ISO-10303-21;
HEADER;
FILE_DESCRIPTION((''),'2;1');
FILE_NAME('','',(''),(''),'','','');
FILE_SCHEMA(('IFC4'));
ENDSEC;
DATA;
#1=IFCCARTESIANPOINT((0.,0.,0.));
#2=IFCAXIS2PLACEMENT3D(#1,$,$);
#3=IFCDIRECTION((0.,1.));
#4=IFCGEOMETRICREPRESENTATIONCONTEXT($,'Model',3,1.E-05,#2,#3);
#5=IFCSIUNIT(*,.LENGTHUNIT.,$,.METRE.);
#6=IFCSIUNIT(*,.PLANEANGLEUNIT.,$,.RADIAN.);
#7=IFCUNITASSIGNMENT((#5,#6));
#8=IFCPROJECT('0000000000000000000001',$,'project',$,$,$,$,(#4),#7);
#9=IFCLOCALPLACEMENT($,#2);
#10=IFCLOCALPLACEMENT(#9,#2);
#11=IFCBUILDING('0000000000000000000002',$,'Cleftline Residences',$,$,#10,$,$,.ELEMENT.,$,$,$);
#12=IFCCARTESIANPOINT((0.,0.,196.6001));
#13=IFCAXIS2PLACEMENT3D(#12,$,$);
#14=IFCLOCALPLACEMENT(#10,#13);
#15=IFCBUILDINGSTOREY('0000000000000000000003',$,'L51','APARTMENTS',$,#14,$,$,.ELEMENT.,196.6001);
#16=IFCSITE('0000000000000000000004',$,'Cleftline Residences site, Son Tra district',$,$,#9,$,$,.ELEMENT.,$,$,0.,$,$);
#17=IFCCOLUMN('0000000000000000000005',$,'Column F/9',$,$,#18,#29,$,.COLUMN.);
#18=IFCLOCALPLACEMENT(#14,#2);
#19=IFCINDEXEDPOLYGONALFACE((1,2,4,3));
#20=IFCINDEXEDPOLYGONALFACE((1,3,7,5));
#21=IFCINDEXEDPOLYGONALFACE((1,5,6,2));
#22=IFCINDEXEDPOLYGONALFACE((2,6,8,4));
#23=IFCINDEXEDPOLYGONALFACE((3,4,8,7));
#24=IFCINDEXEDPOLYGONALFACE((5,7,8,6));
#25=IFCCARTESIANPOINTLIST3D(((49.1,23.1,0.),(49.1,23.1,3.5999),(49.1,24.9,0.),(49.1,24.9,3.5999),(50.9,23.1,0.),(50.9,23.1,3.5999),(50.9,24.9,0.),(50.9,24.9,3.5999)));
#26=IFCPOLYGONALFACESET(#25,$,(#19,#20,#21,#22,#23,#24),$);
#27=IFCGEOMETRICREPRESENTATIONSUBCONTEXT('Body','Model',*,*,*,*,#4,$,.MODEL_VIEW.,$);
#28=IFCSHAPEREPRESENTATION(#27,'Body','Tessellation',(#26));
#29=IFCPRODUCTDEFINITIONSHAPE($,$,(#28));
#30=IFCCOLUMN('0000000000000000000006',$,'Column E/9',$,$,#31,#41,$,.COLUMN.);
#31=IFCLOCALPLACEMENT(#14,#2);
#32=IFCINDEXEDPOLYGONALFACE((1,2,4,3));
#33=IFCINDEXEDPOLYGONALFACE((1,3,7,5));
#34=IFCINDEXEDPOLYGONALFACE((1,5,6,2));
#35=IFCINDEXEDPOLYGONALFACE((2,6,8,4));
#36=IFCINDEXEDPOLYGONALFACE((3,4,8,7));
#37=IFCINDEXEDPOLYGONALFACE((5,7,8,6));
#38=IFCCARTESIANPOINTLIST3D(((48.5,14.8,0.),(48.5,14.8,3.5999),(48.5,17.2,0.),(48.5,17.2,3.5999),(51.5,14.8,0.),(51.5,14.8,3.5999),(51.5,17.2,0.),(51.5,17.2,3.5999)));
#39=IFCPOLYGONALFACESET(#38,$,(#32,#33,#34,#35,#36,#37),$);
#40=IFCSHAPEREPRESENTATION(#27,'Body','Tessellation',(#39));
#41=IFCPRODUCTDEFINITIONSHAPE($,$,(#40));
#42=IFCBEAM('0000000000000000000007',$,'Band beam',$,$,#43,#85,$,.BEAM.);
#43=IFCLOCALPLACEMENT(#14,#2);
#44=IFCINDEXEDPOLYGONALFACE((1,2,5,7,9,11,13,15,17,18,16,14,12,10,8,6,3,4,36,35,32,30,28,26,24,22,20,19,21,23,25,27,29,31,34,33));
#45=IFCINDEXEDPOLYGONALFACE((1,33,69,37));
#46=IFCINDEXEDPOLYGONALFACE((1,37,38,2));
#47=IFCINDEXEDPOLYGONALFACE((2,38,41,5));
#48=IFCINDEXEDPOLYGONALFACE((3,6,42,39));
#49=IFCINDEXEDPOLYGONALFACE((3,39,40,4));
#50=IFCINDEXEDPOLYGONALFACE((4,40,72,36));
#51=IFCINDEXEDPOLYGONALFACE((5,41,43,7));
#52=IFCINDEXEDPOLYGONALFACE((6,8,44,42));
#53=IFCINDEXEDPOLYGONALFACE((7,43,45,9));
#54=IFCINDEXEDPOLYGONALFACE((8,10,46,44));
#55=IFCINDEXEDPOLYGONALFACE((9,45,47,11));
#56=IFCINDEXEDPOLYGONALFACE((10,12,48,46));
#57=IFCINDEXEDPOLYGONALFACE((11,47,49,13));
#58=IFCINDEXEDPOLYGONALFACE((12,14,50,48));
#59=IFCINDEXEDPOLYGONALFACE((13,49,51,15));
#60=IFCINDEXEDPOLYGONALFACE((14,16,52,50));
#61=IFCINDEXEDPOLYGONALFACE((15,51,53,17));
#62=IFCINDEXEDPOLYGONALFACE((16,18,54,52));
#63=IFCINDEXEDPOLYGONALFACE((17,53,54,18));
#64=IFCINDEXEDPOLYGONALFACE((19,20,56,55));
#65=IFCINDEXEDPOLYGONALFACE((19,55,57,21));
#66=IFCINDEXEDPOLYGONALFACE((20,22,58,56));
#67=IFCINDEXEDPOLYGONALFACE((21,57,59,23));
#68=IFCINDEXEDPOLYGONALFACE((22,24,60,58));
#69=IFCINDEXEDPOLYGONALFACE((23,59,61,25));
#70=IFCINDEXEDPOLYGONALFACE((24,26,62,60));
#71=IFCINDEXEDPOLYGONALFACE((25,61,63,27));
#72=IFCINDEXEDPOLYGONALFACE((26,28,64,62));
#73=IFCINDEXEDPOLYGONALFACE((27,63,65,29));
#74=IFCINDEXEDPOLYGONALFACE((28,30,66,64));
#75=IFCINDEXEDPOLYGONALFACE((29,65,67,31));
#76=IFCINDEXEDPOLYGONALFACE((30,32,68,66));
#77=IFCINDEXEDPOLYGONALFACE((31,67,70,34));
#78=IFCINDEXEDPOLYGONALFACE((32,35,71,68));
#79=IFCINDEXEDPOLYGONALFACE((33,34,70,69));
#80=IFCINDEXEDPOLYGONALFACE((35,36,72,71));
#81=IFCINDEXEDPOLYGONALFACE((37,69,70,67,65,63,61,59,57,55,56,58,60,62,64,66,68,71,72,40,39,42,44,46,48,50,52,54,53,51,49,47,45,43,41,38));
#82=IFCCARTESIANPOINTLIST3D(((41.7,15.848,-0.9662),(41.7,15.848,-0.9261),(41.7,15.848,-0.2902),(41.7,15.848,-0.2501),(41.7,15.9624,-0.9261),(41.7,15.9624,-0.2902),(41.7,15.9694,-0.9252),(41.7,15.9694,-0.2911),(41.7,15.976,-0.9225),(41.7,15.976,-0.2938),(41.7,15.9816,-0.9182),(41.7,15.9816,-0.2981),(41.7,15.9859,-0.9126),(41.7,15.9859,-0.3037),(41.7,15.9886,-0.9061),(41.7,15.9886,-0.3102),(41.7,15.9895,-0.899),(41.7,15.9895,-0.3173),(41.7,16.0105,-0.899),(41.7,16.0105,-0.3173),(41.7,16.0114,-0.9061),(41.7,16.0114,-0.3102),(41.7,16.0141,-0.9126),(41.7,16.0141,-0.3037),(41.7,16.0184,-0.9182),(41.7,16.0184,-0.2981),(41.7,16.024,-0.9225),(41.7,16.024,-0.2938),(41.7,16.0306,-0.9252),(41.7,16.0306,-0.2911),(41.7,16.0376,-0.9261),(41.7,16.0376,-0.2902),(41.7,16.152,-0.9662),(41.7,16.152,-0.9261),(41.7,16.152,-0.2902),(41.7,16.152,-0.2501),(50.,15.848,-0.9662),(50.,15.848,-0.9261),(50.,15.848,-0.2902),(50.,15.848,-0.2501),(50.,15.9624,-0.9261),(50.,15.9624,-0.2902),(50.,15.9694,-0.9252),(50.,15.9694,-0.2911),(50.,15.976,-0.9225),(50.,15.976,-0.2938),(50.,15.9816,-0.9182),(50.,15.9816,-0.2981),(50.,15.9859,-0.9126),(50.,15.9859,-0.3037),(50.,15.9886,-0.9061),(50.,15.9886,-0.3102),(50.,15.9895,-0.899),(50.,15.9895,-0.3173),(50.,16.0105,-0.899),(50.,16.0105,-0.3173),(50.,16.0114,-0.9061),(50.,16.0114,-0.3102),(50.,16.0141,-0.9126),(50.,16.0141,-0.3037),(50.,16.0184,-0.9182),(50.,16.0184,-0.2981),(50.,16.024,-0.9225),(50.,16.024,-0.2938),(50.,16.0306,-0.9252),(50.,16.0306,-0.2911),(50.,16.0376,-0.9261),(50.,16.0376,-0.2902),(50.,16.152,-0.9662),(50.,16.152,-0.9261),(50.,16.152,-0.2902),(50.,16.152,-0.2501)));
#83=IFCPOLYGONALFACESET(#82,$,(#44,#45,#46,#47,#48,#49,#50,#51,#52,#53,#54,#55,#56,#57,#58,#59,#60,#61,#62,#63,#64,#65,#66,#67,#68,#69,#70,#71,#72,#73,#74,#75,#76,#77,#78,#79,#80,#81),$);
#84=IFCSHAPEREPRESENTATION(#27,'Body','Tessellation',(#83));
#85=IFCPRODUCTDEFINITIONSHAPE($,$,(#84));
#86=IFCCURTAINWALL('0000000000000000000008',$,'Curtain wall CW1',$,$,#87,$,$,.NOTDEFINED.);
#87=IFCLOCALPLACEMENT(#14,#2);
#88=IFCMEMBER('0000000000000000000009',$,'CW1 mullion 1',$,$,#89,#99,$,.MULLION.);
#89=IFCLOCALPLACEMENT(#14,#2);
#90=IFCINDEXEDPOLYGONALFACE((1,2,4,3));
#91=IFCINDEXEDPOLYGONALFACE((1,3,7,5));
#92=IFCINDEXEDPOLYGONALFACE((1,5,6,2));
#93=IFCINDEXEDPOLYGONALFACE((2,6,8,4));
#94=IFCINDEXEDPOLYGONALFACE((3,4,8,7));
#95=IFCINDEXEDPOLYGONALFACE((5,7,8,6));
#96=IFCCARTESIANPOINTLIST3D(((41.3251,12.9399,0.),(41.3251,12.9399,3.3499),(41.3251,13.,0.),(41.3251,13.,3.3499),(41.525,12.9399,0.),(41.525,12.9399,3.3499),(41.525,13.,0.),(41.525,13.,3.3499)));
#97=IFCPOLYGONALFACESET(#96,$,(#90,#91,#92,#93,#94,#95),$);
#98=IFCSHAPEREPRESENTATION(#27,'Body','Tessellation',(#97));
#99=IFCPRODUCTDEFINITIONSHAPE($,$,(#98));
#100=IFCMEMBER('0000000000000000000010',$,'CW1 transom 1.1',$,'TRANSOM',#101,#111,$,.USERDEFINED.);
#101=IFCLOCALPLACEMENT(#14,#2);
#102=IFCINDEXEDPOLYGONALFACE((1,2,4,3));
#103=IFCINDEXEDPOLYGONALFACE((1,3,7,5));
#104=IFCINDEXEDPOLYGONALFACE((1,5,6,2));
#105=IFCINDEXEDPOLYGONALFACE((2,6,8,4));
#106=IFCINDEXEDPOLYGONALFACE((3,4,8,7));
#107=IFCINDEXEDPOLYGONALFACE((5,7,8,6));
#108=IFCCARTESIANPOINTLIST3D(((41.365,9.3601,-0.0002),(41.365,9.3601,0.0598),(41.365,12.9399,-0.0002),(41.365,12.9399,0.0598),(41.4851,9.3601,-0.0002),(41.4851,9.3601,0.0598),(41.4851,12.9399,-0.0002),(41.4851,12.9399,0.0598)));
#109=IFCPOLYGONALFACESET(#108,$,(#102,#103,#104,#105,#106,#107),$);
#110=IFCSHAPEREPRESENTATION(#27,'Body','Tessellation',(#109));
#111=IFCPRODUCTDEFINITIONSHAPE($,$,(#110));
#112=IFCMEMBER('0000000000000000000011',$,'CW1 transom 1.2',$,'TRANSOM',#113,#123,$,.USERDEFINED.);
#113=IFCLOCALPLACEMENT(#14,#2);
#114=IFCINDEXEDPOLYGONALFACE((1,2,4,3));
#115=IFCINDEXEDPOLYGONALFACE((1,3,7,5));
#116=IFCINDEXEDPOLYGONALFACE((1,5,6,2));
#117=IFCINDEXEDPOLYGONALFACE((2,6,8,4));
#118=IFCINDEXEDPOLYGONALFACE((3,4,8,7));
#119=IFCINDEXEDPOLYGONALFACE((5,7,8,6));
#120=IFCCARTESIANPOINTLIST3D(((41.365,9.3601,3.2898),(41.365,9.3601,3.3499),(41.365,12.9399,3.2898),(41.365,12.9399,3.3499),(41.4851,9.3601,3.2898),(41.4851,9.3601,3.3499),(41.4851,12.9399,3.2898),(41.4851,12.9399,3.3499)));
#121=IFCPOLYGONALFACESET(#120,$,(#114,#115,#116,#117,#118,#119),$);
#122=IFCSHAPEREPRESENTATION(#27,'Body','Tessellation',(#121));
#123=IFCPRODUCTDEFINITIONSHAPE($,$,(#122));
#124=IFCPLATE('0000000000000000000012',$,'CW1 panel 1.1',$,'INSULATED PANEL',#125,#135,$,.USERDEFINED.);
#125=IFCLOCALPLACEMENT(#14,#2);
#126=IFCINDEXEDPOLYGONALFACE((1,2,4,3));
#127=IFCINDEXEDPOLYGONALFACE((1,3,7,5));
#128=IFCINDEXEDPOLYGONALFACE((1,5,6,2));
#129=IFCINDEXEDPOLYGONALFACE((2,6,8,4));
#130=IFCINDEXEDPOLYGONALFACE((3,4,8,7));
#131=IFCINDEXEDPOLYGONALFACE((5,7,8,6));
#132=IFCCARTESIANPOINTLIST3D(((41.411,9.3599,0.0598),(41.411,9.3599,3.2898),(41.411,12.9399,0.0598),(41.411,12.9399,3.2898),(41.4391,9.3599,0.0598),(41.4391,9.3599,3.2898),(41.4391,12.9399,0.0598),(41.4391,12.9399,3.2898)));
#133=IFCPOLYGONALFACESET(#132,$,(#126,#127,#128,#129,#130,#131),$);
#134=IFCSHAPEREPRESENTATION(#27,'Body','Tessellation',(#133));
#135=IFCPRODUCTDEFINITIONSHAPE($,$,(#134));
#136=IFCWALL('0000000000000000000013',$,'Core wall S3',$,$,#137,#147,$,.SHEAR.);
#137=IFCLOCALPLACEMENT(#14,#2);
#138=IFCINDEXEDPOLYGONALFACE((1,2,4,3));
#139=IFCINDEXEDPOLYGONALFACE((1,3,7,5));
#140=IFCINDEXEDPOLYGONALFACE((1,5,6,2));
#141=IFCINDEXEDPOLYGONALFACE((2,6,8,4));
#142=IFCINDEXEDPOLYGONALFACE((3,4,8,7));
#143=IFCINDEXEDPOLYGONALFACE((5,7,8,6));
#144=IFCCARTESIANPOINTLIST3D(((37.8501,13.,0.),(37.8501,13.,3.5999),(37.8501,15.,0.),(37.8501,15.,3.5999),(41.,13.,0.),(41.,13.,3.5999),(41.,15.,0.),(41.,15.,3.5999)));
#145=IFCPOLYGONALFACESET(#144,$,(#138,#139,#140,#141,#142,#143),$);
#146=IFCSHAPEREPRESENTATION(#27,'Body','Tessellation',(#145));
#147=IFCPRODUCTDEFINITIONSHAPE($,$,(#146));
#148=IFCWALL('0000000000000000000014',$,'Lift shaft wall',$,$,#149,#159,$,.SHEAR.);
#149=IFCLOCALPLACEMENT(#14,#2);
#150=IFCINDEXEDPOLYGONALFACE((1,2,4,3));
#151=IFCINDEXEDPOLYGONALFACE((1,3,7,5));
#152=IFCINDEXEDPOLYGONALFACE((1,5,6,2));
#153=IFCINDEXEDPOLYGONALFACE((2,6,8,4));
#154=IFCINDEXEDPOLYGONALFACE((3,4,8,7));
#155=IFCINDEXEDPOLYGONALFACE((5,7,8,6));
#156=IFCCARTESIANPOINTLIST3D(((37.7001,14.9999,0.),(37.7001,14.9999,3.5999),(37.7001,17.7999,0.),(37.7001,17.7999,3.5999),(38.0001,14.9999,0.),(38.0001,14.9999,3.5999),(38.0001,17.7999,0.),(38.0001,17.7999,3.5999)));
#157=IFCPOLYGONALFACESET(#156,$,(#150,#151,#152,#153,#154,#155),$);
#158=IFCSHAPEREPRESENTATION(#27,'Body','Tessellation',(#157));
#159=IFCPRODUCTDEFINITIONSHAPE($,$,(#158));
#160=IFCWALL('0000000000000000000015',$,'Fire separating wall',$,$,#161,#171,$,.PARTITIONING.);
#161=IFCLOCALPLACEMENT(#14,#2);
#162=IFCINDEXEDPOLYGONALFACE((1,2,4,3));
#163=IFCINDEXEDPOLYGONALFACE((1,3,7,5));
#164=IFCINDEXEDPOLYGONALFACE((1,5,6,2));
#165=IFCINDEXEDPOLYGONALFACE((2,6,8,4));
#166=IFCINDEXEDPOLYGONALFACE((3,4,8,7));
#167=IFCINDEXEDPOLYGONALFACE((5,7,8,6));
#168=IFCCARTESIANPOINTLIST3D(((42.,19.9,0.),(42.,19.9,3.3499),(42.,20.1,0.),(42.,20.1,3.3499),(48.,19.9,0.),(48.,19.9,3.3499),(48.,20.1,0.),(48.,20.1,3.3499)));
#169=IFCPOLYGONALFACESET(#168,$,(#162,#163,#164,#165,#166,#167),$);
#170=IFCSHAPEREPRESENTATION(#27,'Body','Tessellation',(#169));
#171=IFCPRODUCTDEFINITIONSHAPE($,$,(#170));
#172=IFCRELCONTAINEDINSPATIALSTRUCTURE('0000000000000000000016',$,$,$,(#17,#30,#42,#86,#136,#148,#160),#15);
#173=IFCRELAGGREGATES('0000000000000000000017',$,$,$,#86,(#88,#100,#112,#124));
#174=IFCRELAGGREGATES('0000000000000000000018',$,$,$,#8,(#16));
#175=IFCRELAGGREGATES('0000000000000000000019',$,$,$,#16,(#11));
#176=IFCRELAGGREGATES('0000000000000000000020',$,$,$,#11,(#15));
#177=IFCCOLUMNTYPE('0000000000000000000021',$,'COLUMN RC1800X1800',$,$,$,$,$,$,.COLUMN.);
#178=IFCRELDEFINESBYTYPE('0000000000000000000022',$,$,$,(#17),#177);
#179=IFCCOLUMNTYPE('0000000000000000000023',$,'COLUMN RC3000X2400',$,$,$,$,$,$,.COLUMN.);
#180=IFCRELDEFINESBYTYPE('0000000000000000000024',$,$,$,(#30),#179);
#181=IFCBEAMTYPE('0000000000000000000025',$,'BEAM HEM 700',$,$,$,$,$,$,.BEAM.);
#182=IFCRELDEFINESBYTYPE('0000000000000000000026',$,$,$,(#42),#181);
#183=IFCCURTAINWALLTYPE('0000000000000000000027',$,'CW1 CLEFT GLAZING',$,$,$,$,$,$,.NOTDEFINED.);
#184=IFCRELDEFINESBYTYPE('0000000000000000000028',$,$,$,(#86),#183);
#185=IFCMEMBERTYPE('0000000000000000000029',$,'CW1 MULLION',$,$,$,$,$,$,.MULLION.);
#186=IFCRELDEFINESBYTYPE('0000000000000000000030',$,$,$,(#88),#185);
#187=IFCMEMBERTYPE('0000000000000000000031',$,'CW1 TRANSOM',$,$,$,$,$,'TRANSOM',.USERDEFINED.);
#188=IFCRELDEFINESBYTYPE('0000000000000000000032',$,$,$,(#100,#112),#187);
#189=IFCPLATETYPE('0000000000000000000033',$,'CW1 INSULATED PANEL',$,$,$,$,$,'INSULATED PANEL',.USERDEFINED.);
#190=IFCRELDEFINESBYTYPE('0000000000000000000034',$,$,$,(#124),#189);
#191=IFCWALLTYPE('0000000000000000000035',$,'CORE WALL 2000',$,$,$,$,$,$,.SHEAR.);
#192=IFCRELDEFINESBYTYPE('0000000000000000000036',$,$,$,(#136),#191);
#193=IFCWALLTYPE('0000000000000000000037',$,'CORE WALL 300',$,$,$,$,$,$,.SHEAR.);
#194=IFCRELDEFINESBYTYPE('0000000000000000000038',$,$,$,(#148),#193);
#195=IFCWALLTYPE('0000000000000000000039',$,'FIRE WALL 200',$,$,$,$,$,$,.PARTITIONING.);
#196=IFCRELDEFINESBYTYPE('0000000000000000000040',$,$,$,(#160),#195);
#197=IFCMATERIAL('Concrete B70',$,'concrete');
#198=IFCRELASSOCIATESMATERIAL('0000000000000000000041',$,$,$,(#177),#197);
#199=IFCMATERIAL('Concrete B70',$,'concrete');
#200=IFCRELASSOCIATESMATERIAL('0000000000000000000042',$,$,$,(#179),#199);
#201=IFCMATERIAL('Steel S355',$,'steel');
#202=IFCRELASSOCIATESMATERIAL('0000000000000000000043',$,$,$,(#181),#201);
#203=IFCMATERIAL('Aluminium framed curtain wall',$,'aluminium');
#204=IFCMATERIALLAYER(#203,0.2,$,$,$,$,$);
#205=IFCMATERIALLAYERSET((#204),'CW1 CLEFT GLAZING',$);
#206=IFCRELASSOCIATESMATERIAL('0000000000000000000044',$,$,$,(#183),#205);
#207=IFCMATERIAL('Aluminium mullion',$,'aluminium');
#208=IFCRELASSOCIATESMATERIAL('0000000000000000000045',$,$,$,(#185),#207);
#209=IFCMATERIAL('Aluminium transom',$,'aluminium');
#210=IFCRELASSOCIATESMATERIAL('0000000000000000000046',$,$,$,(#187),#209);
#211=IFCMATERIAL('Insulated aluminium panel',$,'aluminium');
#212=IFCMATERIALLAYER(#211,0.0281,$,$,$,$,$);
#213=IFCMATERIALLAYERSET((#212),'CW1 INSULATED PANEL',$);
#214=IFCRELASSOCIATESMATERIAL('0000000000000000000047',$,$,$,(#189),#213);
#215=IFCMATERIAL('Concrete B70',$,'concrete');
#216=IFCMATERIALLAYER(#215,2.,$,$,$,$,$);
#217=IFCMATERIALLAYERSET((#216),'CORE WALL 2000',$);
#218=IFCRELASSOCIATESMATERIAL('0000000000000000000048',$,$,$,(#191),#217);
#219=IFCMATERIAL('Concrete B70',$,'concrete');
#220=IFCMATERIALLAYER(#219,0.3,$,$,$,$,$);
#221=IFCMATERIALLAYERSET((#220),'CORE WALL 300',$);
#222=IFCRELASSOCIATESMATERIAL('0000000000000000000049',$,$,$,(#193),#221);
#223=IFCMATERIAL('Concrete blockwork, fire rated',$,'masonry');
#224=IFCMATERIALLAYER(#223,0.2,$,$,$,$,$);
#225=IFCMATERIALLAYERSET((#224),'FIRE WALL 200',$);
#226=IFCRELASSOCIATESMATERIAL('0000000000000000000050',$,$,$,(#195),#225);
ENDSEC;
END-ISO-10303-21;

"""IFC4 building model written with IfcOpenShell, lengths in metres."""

from ifc_helpers import new_model, si_unit, direction, frame, frame_2d, origin, origin_2d, place, context, subcontext, project, spatial, rectangle, i_section, extrude, material, layer, layer_set, material_profile, profile_set, type_object, element, aggregate, save


model = new_model("IFC4")

# Units and contexts
model_context = context("Model", 3, precision=1e-05, world=origin(), true_north=direction((0.0, 1.0)))
body_context = subcontext(model_context, "Body", "Model", "MODEL_VIEW")
ifc_project = project(units=[si_unit("LENGTHUNIT", "METRE"), si_unit("PLANEANGLEUNIT", "RADIAN")], contexts=[model_context])

# Site, building, storey
site_placement = place(None, origin())
site = spatial("IfcSite", under=ifc_project, at=site_placement, Name="Cleftline Residences site, Son Tra district", CompositionType="ELEMENT", RefElevation=0.0)
building_placement = place(site_placement, origin())
building = spatial("IfcBuilding", under=site, at=building_placement, Name="Cleftline Residences", CompositionType="ELEMENT")
storey_placement = place(building_placement, frame((0.0, 0.0, 196.6001)))
storey = spatial("IfcBuildingStorey", under=building, at=storey_placement, Name="L51", Description="APARTMENTS", CompositionType="ELEMENT", Elevation=196.6001)

# Columns
ifc_material_1 = material(Name="Concrete B70", Category="concrete")
ifc_material_profile_1 = material_profile(ifc_material_1, rectangle(XDim=1.8, YDim=1.8, at=origin_2d()))
ifc_profile_set_1 = profile_set([ifc_material_profile_1], Name="Concrete B70")
column_type_1 = type_object("IfcColumnType", Name="COLUMN RC1800X1800", PredefinedType="COLUMN", material=ifc_profile_set_1)
column_1_placement = place(storey_placement, frame((50.0, 24.0, 0.0), z_axis=(0.0, 0.0, 1.0), x_axis=(1.0, 0.0, 0.0)))
element("IfcColumn", 1, at=column_1_placement, inside=storey, type_object=column_type_1, Name="Column F/9", PredefinedType="COLUMN", context=body_context, shape_type="SweptSolid", body=[
    extrude(rectangle(XDim=1.8, YDim=1.8, at=origin_2d()), origin(), (0.0, 0.0, 1.0), 3.5999),
])
ifc_material_2 = material(Name="Concrete B70", Category="concrete")
ifc_material_profile_2 = material_profile(ifc_material_2, rectangle(XDim=3.0, YDim=2.3999, at=origin_2d()))
ifc_profile_set_2 = profile_set([ifc_material_profile_2], Name="Concrete B70")
column_type_2 = type_object("IfcColumnType", Name="COLUMN RC3000X2400", PredefinedType="COLUMN", material=ifc_profile_set_2)
column_2_placement = place(storey_placement, frame((50.0, 16.0, 0.0), z_axis=(0.0, 0.0, 1.0), x_axis=(1.0, 0.0, 0.0)))
element("IfcColumn", 2, at=column_2_placement, inside=storey, type_object=column_type_2, Name="Column E/9", PredefinedType="COLUMN", context=body_context, shape_type="SweptSolid", body=[
    extrude(rectangle(XDim=3.0, YDim=2.3999, at=origin_2d()), origin(), (0.0, 0.0, 1.0), 3.5999),
])

# Beam
ifc_material_3 = material(Name="Steel S355", Category="steel")
ifc_material_profile_3 = material_profile(ifc_material_3, i_section(OverallWidth=0.304, OverallDepth=0.7161, WebThickness=0.021, FlangeThickness=0.04, FilletRadius=0.0271, at=origin_2d()))
ifc_profile_set_3 = profile_set([ifc_material_profile_3], Name="Steel S355")
beam_type = type_object("IfcBeamType", Name="BEAM HEM 700", PredefinedType="BEAM", material=ifc_profile_set_3)
beam_placement = place(storey_placement, frame((50.0, 16.0, -0.6082), z_axis=(-1.0, 0.0, 0.0), x_axis=(0.0, -1.0, 0.0)))
element("IfcBeam", 3, at=beam_placement, inside=storey, type_object=beam_type, Name="Band beam", PredefinedType="BEAM", context=body_context, shape_type="SweptSolid", body=[
    extrude(i_section(OverallWidth=0.304, OverallDepth=0.7161, WebThickness=0.021, FlangeThickness=0.04, FilletRadius=0.0271, at=origin_2d()), origin(), (0.0, 0.0, 1.0), 8.3),
])

# Curtain wall, members, plate
ifc_material_4 = material(Name="Aluminium framed curtain wall", Category="aluminium")
ifc_layer_1 = layer(ifc_material_4, 0.2)
ifc_layer_set_1 = layer_set([ifc_layer_1], Name="CW1 CLEFT GLAZING")
curtain_wall_type = type_object("IfcCurtainWallType", Name="CW1 CLEFT GLAZING", PredefinedType="NOTDEFINED", material=ifc_layer_set_1)
curtain_wall_placement = place(storey_placement, origin())
curtain_wall = element("IfcCurtainWall", 4, at=curtain_wall_placement, inside=storey, type_object=curtain_wall_type, Name="Curtain wall CW1", PredefinedType="NOTDEFINED")
ifc_material_5 = material(Name="Aluminium mullion", Category="aluminium")
ifc_material_profile_4 = material_profile(ifc_material_5, rectangle(XDim=0.2, YDim=0.0601, at=origin_2d()))
ifc_profile_set_4 = profile_set([ifc_material_profile_4], Name="Aluminium mullion")
member_type_1 = type_object("IfcMemberType", Name="CW1 MULLION", PredefinedType="MULLION", material=ifc_profile_set_4)
member_1_placement = place(storey_placement, frame((41.425, 12.97, 0.0), z_axis=(0.0, 0.0, 1.0), x_axis=(1.0, 0.0, 0.0)))
member_1 = element("IfcMember", 5, at=member_1_placement, type_object=member_type_1, Name="CW1 mullion 1", PredefinedType="MULLION", context=body_context, shape_type="SweptSolid", body=[
    extrude(rectangle(XDim=0.2, YDim=0.0601, at=origin_2d()), origin(), (0.0, 0.0, 1.0), 3.3499),
])
ifc_material_6 = material(Name="Aluminium transom", Category="aluminium")
ifc_material_profile_5 = material_profile(ifc_material_6, rectangle(XDim=0.1201, YDim=0.0601, at=origin_2d()))
ifc_profile_set_5 = profile_set([ifc_material_profile_5], Name="Aluminium transom")
member_type_2 = type_object("IfcMemberType", Name="CW1 TRANSOM", ElementType="TRANSOM", PredefinedType="USERDEFINED", material=ifc_profile_set_5)
member_2_placement = place(storey_placement, frame((41.425, 12.9399, 0.0298), z_axis=(0.0, -1.0, 0.0), x_axis=(1.0, 0.0, 0.0)))
member_2 = element("IfcMember", 6, at=member_2_placement, type_object=member_type_2, Name="CW1 transom 1.1", ObjectType="TRANSOM", PredefinedType="USERDEFINED", context=body_context, shape_type="SweptSolid", body=[
    extrude(rectangle(XDim=0.1201, YDim=0.0601, at=origin_2d()), origin(), (0.0, 0.0, 1.0), 3.5798),
])
member_3_placement = place(storey_placement, frame((41.425, 12.9399, 3.3198), z_axis=(0.0, -1.0, 0.0), x_axis=(1.0, 0.0, 0.0)))
member_3 = element("IfcMember", 7, at=member_3_placement, type_object=member_type_2, Name="CW1 transom 1.2", ObjectType="TRANSOM", PredefinedType="USERDEFINED", context=body_context, shape_type="SweptSolid", body=[
    extrude(rectangle(XDim=0.1201, YDim=0.0601, at=origin_2d()), origin(), (0.0, 0.0, 1.0), 3.5798),
])
ifc_material_7 = material(Name="Insulated aluminium panel", Category="aluminium")
ifc_layer_2 = layer(ifc_material_7, 0.0281)
ifc_layer_set_2 = layer_set([ifc_layer_2], Name="CW1 INSULATED PANEL")
plate_type = type_object("IfcPlateType", Name="CW1 INSULATED PANEL", ElementType="INSULATED PANEL", PredefinedType="USERDEFINED", material=ifc_layer_set_2)
plate_placement = place(storey_placement, frame((41.425, 11.1499, 0.0598), z_axis=(0.0, 0.0, 1.0), x_axis=(0.0, -1.0, 0.0)))
plate = element("IfcPlate", 8, at=plate_placement, type_object=plate_type, Name="CW1 panel 1.1", ObjectType="INSULATED PANEL", PredefinedType="USERDEFINED", context=body_context, shape_type="SweptSolid", body=[
    extrude(rectangle(XDim=3.5801, YDim=0.0281, at=origin_2d()), origin(), (0.0, 0.0, 1.0), 3.23),
])
aggregate(curtain_wall, [member_1, member_2, member_3, plate])

# Walls
ifc_material_8 = material(Name="Concrete B70", Category="concrete")
ifc_layer_3 = layer(ifc_material_8, 2.0)
ifc_layer_set_3 = layer_set([ifc_layer_3], Name="CORE WALL 2000")
wall_type_1 = type_object("IfcWallType", Name="CORE WALL 2000", PredefinedType="SHEAR", material=ifc_layer_set_3)
wall_1_placement = place(storey_placement, frame((37.8501, 14.0, 0.0), z_axis=(0.0, 0.0, 1.0), x_axis=(1.0, 0.0, 0.0)))
element("IfcWall", 9, at=wall_1_placement, inside=storey, type_object=wall_type_1, Name="Core wall S3", PredefinedType="SHEAR", context=body_context, shape_type="SweptSolid", body=[
    extrude(rectangle(XDim=3.1499, YDim=2.0, at=frame_2d((1.575, 0.0))), origin(), (0.0, 0.0, 1.0), 3.5999),
])
ifc_material_9 = material(Name="Concrete B70", Category="concrete")
ifc_layer_4 = layer(ifc_material_9, 0.3)
ifc_layer_set_4 = layer_set([ifc_layer_4], Name="CORE WALL 300")
wall_type_2 = type_object("IfcWallType", Name="CORE WALL 300", PredefinedType="SHEAR", material=ifc_layer_set_4)
wall_2_placement = place(storey_placement, frame((37.8501, 15.0, 0.0), z_axis=(0.0, 0.0, 1.0), x_axis=(0.0, 1.0, 0.0)))
element("IfcWall", 10, at=wall_2_placement, inside=storey, type_object=wall_type_2, Name="Lift shaft wall", PredefinedType="SHEAR", context=body_context, shape_type="SweptSolid", body=[
    extrude(rectangle(XDim=2.8, YDim=0.3, at=frame_2d((1.3999, 0.0))), origin(), (0.0, 0.0, 1.0), 3.5999),
])
ifc_material_10 = material(Name="Concrete blockwork, fire rated", Category="masonry")
ifc_layer_5 = layer(ifc_material_10, 0.2)
ifc_layer_set_5 = layer_set([ifc_layer_5], Name="FIRE WALL 200")
wall_type_3 = type_object("IfcWallType", Name="FIRE WALL 200", PredefinedType="PARTITIONING", material=ifc_layer_set_5)
wall_3_placement = place(storey_placement, frame((42.0, 20.0, 0.0), z_axis=(0.0, 0.0, 1.0), x_axis=(1.0, 0.0, 0.0)))
element("IfcWall", 11, at=wall_3_placement, inside=storey, type_object=wall_type_3, Name="Fire separating wall", PredefinedType="PARTITIONING", context=body_context, shape_type="SweptSolid", body=[
    extrude(rectangle(XDim=6.0, YDim=0.2, at=frame_2d((3.0, 0.0))), origin(), (0.0, 0.0, 1.0), 3.3499),
])

save(model, "model.ifc")
